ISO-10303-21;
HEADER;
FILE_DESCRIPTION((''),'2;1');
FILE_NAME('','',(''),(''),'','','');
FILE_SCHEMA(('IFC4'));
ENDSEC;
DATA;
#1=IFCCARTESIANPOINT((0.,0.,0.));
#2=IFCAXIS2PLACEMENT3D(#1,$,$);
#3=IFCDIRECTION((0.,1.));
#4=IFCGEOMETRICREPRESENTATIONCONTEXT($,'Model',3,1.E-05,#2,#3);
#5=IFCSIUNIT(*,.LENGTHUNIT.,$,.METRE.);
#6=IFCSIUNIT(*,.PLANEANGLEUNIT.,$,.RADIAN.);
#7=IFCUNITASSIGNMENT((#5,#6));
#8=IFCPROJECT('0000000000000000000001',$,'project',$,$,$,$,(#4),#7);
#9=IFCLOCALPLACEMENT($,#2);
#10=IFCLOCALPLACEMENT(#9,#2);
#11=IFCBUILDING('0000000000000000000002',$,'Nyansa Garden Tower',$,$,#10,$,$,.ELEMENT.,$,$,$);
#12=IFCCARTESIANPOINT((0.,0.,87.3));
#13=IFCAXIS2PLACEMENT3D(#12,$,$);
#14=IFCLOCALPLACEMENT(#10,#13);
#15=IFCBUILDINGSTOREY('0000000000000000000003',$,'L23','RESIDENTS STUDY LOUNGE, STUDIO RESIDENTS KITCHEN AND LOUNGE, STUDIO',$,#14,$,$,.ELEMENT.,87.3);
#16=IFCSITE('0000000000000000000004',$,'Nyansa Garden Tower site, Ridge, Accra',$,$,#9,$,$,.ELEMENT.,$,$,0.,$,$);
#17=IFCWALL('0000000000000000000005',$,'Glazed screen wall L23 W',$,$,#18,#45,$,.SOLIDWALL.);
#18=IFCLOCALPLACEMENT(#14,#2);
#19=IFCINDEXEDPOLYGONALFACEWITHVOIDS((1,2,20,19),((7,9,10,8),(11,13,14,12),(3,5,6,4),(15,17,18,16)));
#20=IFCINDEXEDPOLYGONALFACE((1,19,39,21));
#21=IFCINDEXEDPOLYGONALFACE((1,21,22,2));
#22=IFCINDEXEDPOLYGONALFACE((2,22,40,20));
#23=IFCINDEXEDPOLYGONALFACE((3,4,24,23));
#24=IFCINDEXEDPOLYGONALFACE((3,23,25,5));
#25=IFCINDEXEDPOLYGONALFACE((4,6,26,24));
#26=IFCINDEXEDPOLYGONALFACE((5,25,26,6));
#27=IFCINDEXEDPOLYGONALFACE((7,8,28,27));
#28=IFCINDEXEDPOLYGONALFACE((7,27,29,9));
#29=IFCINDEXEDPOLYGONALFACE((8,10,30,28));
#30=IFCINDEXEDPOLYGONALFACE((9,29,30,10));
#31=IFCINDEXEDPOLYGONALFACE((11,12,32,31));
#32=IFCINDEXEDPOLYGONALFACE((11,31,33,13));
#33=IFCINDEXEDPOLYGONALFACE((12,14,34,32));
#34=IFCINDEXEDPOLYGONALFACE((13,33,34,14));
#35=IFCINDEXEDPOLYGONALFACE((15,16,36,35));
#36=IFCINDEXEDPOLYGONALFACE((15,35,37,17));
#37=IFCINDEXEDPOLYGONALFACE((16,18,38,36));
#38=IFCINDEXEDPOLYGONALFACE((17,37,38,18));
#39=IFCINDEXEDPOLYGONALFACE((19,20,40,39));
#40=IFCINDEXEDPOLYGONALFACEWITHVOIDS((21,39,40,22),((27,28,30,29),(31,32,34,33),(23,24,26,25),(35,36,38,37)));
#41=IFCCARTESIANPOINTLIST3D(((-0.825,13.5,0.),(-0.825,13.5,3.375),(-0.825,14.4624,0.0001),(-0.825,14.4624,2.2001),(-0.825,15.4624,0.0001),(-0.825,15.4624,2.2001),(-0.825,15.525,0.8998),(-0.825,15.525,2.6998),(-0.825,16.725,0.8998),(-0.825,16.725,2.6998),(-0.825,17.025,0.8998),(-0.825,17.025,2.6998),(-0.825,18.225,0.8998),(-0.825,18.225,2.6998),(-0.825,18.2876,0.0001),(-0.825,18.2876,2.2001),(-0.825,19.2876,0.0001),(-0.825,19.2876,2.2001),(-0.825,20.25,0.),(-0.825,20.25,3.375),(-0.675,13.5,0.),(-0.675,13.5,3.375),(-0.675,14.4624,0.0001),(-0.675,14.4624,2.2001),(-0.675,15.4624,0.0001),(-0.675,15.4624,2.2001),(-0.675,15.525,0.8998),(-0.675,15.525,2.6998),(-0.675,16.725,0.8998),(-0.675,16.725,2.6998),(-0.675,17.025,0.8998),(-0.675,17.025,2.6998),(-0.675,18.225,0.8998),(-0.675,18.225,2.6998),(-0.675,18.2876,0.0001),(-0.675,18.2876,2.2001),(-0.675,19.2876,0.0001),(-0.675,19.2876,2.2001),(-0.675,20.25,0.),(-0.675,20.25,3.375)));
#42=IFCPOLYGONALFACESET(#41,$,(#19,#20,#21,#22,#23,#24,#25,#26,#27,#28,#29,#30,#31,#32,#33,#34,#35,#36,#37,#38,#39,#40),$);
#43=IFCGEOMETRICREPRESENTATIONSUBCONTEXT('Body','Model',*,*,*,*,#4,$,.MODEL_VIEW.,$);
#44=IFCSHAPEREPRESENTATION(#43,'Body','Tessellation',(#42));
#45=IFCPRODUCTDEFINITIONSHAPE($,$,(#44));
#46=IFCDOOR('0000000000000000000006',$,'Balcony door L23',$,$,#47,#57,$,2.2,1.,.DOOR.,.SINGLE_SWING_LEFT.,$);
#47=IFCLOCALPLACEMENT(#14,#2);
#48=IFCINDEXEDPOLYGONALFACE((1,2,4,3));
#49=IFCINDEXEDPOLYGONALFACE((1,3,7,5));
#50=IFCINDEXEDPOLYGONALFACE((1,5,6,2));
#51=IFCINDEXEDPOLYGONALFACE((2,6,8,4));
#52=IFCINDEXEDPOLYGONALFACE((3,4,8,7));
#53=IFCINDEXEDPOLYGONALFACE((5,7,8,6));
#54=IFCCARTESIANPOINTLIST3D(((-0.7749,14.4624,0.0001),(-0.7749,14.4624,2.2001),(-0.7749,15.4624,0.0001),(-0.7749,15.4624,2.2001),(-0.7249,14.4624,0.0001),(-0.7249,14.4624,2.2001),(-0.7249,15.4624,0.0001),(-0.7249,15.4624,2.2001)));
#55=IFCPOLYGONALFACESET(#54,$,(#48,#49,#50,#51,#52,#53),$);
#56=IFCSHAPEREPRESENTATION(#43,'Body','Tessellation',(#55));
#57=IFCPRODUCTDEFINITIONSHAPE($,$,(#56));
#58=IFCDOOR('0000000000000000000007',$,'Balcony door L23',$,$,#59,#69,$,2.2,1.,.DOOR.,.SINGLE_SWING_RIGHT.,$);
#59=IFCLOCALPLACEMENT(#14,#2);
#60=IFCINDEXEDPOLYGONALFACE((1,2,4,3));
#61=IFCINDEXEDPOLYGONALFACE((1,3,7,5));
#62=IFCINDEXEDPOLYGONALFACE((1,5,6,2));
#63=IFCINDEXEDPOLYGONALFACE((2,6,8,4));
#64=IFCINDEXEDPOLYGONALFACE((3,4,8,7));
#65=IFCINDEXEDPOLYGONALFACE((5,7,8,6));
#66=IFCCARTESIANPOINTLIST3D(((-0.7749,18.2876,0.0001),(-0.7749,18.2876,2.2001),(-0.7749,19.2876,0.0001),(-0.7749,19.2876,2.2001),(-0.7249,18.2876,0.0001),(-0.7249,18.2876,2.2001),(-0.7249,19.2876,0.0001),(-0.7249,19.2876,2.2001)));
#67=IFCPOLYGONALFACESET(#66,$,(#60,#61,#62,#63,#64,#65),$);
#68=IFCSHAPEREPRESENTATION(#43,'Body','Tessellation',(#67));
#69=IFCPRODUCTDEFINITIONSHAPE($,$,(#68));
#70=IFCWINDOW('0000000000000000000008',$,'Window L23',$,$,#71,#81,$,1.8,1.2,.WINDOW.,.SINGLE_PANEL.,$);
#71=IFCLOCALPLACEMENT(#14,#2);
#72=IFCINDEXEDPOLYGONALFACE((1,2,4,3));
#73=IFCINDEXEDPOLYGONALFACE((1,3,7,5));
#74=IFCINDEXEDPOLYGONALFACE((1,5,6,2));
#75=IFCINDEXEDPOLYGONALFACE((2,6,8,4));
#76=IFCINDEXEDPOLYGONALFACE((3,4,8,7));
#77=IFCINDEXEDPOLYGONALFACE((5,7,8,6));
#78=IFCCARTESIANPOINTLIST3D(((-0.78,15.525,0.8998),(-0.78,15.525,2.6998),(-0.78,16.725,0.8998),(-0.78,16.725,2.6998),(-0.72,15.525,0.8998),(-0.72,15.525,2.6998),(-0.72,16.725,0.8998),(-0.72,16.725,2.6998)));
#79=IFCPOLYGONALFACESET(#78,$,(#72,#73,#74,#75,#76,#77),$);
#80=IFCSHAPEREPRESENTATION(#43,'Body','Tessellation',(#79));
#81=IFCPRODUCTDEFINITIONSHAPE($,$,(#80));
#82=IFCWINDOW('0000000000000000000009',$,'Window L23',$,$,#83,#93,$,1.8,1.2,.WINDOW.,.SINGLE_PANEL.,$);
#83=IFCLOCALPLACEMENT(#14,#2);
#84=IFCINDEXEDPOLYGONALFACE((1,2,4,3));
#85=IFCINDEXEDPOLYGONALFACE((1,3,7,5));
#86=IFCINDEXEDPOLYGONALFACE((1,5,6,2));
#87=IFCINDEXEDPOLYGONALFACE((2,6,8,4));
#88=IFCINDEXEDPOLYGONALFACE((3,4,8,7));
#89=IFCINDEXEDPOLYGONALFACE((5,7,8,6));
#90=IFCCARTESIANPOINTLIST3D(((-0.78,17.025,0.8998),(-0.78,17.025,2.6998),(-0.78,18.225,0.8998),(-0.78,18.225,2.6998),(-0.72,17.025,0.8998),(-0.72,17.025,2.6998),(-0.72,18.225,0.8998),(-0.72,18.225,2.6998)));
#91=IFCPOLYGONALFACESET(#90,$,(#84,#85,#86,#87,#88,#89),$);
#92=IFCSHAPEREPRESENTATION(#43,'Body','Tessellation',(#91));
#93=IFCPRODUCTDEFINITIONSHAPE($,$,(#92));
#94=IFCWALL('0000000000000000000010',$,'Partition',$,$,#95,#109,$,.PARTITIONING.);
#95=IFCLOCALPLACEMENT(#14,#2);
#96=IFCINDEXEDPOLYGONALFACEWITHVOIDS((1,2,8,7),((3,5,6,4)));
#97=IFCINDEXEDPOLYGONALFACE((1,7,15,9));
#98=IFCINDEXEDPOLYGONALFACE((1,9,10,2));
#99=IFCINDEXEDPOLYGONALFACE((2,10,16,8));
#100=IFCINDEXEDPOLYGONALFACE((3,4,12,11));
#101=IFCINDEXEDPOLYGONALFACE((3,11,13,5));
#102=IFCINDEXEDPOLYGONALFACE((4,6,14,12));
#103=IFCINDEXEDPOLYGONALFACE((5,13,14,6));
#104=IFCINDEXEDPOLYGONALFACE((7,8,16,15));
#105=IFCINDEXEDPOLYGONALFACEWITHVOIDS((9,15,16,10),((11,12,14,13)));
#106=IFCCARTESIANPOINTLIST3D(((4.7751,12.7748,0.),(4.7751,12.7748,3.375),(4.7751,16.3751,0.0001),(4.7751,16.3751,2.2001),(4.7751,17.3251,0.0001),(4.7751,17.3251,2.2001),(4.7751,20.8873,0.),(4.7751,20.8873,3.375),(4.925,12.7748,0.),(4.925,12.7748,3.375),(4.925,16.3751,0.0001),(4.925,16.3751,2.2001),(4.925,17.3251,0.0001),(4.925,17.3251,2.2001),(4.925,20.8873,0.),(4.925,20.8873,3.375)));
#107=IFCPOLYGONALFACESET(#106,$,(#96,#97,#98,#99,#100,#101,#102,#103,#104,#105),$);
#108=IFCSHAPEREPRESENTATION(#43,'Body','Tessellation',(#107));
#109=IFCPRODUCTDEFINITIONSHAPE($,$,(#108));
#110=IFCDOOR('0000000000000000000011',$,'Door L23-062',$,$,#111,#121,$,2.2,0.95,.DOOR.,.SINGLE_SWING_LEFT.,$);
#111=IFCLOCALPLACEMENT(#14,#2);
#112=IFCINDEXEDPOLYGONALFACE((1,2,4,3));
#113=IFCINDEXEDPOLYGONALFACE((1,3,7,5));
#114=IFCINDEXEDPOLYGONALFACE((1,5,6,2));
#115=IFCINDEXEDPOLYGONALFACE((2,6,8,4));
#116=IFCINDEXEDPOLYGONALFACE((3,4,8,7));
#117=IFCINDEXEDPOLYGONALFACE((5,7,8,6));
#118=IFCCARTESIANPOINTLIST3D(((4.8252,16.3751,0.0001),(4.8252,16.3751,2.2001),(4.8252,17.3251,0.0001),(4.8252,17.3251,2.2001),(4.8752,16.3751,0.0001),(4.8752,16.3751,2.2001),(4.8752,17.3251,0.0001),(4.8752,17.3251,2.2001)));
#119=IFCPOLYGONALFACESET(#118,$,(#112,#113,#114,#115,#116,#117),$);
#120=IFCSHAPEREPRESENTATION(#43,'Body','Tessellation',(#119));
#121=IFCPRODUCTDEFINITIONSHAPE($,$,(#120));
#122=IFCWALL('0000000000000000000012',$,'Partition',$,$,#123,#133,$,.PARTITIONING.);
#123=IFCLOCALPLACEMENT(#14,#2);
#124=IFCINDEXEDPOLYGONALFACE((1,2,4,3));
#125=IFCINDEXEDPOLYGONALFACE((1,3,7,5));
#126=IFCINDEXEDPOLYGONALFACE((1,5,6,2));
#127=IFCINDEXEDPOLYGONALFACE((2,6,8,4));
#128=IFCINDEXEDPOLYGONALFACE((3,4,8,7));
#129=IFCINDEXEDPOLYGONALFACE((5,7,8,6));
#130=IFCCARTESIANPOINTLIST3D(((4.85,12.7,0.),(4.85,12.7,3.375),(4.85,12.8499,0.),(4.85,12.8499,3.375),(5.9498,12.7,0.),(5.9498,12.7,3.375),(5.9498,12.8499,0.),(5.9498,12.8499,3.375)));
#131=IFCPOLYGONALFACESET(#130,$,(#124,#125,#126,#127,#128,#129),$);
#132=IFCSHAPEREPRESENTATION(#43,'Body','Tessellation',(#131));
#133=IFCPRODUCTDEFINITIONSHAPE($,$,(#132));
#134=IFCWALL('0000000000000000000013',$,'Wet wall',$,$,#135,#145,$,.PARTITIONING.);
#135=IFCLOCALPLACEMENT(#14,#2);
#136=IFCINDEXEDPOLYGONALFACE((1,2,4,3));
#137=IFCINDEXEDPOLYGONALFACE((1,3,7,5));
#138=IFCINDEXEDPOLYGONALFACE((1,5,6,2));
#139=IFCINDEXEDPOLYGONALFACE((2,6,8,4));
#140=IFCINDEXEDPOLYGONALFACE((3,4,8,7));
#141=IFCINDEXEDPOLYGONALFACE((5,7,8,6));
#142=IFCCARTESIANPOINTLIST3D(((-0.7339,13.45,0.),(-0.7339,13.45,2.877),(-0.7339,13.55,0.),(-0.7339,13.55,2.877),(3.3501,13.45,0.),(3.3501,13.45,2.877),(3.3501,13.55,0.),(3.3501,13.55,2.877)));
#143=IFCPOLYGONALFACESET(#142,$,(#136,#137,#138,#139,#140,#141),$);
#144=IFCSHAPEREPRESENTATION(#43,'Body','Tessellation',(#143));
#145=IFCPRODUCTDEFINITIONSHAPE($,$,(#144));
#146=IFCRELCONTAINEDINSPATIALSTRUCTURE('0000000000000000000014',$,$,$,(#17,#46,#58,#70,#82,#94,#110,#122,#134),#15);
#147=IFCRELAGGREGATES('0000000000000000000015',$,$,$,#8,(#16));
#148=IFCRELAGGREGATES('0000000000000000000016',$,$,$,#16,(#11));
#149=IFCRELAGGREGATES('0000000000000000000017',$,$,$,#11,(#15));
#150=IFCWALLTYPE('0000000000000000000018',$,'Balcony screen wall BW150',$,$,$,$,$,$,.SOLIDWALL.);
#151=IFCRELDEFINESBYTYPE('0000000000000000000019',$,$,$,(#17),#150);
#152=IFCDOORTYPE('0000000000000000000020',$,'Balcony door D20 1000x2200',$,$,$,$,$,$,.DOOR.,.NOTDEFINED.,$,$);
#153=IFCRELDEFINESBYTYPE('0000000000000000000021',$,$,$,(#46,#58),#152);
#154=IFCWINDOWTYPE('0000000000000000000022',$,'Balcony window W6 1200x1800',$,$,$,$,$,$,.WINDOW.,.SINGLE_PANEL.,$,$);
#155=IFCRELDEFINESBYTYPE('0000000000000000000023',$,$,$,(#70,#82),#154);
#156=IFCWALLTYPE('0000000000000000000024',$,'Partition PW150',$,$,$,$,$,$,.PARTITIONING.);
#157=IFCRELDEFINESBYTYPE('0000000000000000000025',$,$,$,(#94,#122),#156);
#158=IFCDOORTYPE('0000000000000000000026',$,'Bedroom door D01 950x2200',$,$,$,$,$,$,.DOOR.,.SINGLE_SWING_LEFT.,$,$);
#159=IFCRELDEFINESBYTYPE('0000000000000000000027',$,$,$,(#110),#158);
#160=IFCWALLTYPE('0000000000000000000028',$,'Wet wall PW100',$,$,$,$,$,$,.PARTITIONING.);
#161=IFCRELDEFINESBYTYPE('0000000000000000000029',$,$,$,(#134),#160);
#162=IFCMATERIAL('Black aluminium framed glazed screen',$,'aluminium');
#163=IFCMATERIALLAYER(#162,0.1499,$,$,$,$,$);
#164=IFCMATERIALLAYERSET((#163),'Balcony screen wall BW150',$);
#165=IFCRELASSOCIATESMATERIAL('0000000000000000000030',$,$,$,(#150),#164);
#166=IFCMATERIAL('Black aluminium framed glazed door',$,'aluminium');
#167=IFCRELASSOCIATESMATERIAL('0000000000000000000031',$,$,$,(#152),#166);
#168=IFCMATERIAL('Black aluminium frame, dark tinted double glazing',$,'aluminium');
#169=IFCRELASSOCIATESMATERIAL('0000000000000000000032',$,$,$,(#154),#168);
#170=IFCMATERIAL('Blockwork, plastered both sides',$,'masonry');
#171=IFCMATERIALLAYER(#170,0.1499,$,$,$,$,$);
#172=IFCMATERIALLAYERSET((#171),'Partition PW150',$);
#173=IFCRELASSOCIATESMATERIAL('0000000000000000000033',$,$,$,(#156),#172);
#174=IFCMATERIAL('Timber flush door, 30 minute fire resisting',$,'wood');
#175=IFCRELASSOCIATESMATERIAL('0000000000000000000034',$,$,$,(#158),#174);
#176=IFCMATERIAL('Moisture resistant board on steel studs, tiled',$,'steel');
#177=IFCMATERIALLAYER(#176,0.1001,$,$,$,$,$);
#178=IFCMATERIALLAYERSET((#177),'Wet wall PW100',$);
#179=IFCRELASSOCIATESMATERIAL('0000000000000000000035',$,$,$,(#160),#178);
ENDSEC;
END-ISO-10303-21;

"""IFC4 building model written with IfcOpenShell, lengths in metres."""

from ifc_helpers import new_model, si_unit, direction, frame, frame_2d, origin, place, context, subcontext, project, spatial, rectangle, extrude, material, layer, layer_set, type_object, element, fill, save


model = new_model("IFC4")

# Units and contexts
model_context = context("Model", 3, precision=1e-05, world=origin(), true_north=direction((0.0, 1.0)))
body_context = subcontext(model_context, "Body", "Model", "MODEL_VIEW")
ifc_project = project(units=[si_unit("LENGTHUNIT", "METRE"), si_unit("PLANEANGLEUNIT", "RADIAN")], contexts=[model_context])

# Site, building, storey
site_placement = place(None, origin())
site = spatial("IfcSite", under=ifc_project, at=site_placement, Name="Nyansa Garden Tower site, Ridge, Accra", CompositionType="ELEMENT", RefElevation=0.0)
building_placement = place(site_placement, origin())
building = spatial("IfcBuilding", under=site, at=building_placement, Name="Nyansa Garden Tower", CompositionType="ELEMENT")
storey_placement = place(building_placement, frame((0.0, 0.0, 87.3)))
storey = spatial("IfcBuildingStorey", under=building, at=storey_placement, Name="L23", Description="RESIDENTS STUDY LOUNGE, STUDIO RESIDENTS KITCHEN AND LOUNGE, STUDIO", CompositionType="ELEMENT", Elevation=87.3)

# Wall, openings, doors, windows
ifc_material_1 = material(Name="Black aluminium framed glazed screen", Category="aluminium")
ifc_layer_1 = layer(ifc_material_1, 0.1499)
ifc_layer_set_1 = layer_set([ifc_layer_1], Name="Balcony screen wall BW150")
wall_type_1 = type_object("IfcWallType", Name="Balcony screen wall BW150", PredefinedType="SOLIDWALL", material=ifc_layer_set_1)
wall_1_placement = place(storey_placement, frame((-0.75, 13.5, 0.0), z_axis=(0.0, 0.0, 1.0), x_axis=(0.0, 1.0, 0.0)))
wall_1 = element("IfcWall", 1, at=wall_1_placement, inside=storey, type_object=wall_type_1, Name="Glazed screen wall L23 W", PredefinedType="SOLIDWALL", context=body_context, shape_type="SweptSolid", body=[
    extrude(rectangle(XDim=6.75, YDim=0.1499, at=frame_2d((3.375, 0.0))), origin(), (0.0, 0.0, 1.0), 3.375),
])
opening_1_placement = place(wall_1_placement, frame((0.9624, 0.0, 0.0)))
opening_1 = element("IfcOpeningElement", 2, at=opening_1_placement, cuts=wall_1, PredefinedType="OPENING", context=body_context, shape_type="SweptSolid", body=[
    extrude(rectangle(XDim=1.0, YDim=2.2, at=frame_2d((0.5, 1.1001))), frame((0.0, 0.085, 0.0), z_axis=(0.0, -1.0, 0.0), x_axis=(1.0, 0.0, 0.0)), (0.0, 0.0, 1.0), 0.1699),
])
opening_2_placement = place(wall_1_placement, frame((2.0249, 0.0, 0.8999)))
opening_2 = element("IfcOpeningElement", 3, at=opening_2_placement, cuts=wall_1, PredefinedType="OPENING", context=body_context, shape_type="SweptSolid", body=[
    extrude(rectangle(XDim=1.2, YDim=1.8, at=frame_2d((0.6001, 0.8999))), frame((0.0, 0.085, 0.0), z_axis=(0.0, -1.0, 0.0), x_axis=(1.0, 0.0, 0.0)), (0.0, 0.0, 1.0), 0.1699),
])
opening_3_placement = place(wall_1_placement, frame((4.7876, 0.0, 0.0)))
opening_3 = element("IfcOpeningElement", 4, at=opening_3_placement, cuts=wall_1, PredefinedType="OPENING", context=body_context, shape_type="SweptSolid", body=[
    extrude(rectangle(XDim=1.0, YDim=2.2, at=frame_2d((0.5, 1.1001))), frame((0.0, 0.085, 0.0), z_axis=(0.0, -1.0, 0.0), x_axis=(1.0, 0.0, 0.0)), (0.0, 0.0, 1.0), 0.1699),
])
opening_4_placement = place(wall_1_placement, frame((3.5249, 0.0, 0.8999)))
opening_4 = element("IfcOpeningElement", 5, at=opening_4_placement, cuts=wall_1, PredefinedType="OPENING", context=body_context, shape_type="SweptSolid", body=[
    extrude(rectangle(XDim=1.2, YDim=1.8, at=frame_2d((0.6001, 0.8999))), frame((0.0, 0.085, 0.0), z_axis=(0.0, -1.0, 0.0), x_axis=(1.0, 0.0, 0.0)), (0.0, 0.0, 1.0), 0.1699),
])
ifc_material_2 = material(Name="Black aluminium framed glazed door", Category="aluminium")
door_type_1 = type_object("IfcDoorType", Name="Balcony door D20 1000x2200", OperationType="NOTDEFINED", PredefinedType="DOOR", material=ifc_material_2)
door_1_placement = place(opening_1_placement, origin())
door_1 = element("IfcDoor", 6, at=door_1_placement, inside=storey, type_object=door_type_1, Name="Balcony door L23", OperationType="SINGLE_SWING_LEFT", OverallHeight=2.2, OverallWidth=1.0, PredefinedType="DOOR", context=body_context, shape_type="SweptSolid", body=[
    extrude(rectangle(XDim=1.0, YDim=2.2, at=frame_2d((0.5, 1.1001))), frame((0.0, 0.0249, 0.0), z_axis=(0.0, -1.0, 0.0), x_axis=(1.0, 0.0, 0.0)), (0.0, 0.0, 1.0), 0.05),
])
fill(opening_1, door_1)
door_2_placement = place(opening_3_placement, origin())
door_2 = element("IfcDoor", 7, at=door_2_placement, inside=storey, type_object=door_type_1, Name="Balcony door L23", OperationType="SINGLE_SWING_RIGHT", OverallHeight=2.2, OverallWidth=1.0, PredefinedType="DOOR", context=body_context, shape_type="SweptSolid", body=[
    extrude(rectangle(XDim=1.0, YDim=2.2, at=frame_2d((0.5, 1.1001))), frame((0.0, 0.0249, 0.0), z_axis=(0.0, -1.0, 0.0), x_axis=(1.0, 0.0, 0.0)), (0.0, 0.0, 1.0), 0.05),
])
fill(opening_3, door_2)
ifc_material_3 = material(Name="Black aluminium frame, dark tinted double glazing", Category="aluminium")
window_type = type_object("IfcWindowType", Name="Balcony window W6 1200x1800", PartitioningType="SINGLE_PANEL", PredefinedType="WINDOW", material=ifc_material_3)
window_1_placement = place(opening_2_placement, origin())
window_1 = element("IfcWindow", 8, at=window_1_placement, inside=storey, type_object=window_type, Name="Window L23", OverallHeight=1.8, OverallWidth=1.2, PartitioningType="SINGLE_PANEL", PredefinedType="WINDOW", context=body_context, shape_type="SweptSolid", body=[
    extrude(rectangle(XDim=1.2, YDim=1.8, at=frame_2d((0.6001, 0.8999))), frame((0.0, 0.03, 0.0), z_axis=(0.0, -1.0, 0.0), x_axis=(1.0, 0.0, 0.0)), (0.0, 0.0, 1.0), 0.0601),
])
fill(opening_2, window_1)
window_2_placement = place(opening_4_placement, origin())
window_2 = element("IfcWindow", 9, at=window_2_placement, inside=storey, type_object=window_type, Name="Window L23", OverallHeight=1.8, OverallWidth=1.2, PartitioningType="SINGLE_PANEL", PredefinedType="WINDOW", context=body_context, shape_type="SweptSolid", body=[
    extrude(rectangle(XDim=1.2, YDim=1.8, at=frame_2d((0.6001, 0.8999))), frame((0.0, 0.03, 0.0), z_axis=(0.0, -1.0, 0.0), x_axis=(1.0, 0.0, 0.0)), (0.0, 0.0, 1.0), 0.0601),
])
fill(opening_4, window_2)

# Wall, opening, door
ifc_material_4 = material(Name="Blockwork, plastered both sides", Category="masonry")
ifc_layer_2 = layer(ifc_material_4, 0.1499)
ifc_layer_set_2 = layer_set([ifc_layer_2], Name="Partition PW150")
wall_type_2 = type_object("IfcWallType", Name="Partition PW150", PredefinedType="PARTITIONING", material=ifc_layer_set_2)
wall_2_placement = place(storey_placement, frame((4.8501, 12.7749, 0.0), z_axis=(0.0, 0.0, 1.0), x_axis=(0.0, 1.0, 0.0)))
wall_2 = element("IfcWall", 10, at=wall_2_placement, inside=storey, type_object=wall_type_2, Name="Partition", PredefinedType="PARTITIONING", context=body_context, shape_type="SweptSolid", body=[
    extrude(rectangle(XDim=8.1125, YDim=0.1499, at=frame_2d((4.0562, 0.0))), origin(), (0.0, 0.0, 1.0), 3.375),
])
opening_5_placement = place(wall_2_placement, frame((3.6001, 0.0, 0.0)))
opening_5 = element("IfcOpeningElement", 11, at=opening_5_placement, cuts=wall_2, PredefinedType="OPENING", context=body_context, shape_type="SweptSolid", body=[
    extrude(rectangle(XDim=0.95, YDim=2.2, at=frame_2d((0.4751, 1.1001))), frame((0.0, 0.085, 0.0), z_axis=(0.0, -1.0, 0.0), x_axis=(1.0, 0.0, 0.0)), (0.0, 0.0, 1.0), 0.1699),
])
ifc_material_5 = material(Name="Timber flush door, 30 minute fire resisting", Category="wood")
door_type_2 = type_object("IfcDoorType", Name="Bedroom door D01 950x2200", OperationType="SINGLE_SWING_LEFT", PredefinedType="DOOR", material=ifc_material_5)
door_3_placement = place(opening_5_placement, origin())
door_3 = element("IfcDoor", 12, at=door_3_placement, inside=storey, type_object=door_type_2, Name="Door L23-062", OperationType="SINGLE_SWING_LEFT", OverallHeight=2.2, OverallWidth=0.95, PredefinedType="DOOR", context=body_context, shape_type="SweptSolid", body=[
    extrude(rectangle(XDim=0.95, YDim=2.2, at=frame_2d((0.4751, 1.1001))), frame((0.0, 0.0249, 0.0), z_axis=(0.0, -1.0, 0.0), x_axis=(1.0, 0.0, 0.0)), (0.0, 0.0, 1.0), 0.05),
])
fill(opening_5, door_3)

# Walls
wall_3_placement = place(storey_placement, frame((4.8501, 12.7749, 0.0), z_axis=(0.0, 0.0, 1.0), x_axis=(1.0, 0.0, 0.0)))
element("IfcWall", 13, at=wall_3_placement, inside=storey, type_object=wall_type_2, Name="Partition", PredefinedType="PARTITIONING", context=body_context, shape_type="SweptSolid", body=[
    extrude(rectangle(XDim=1.0999, YDim=0.1499, at=frame_2d((0.5498, 0.0))), origin(), (0.0, 0.0, 1.0), 3.375),
])
ifc_material_6 = material(Name="Moisture resistant board on steel studs, tiled", Category="steel")
ifc_layer_3 = layer(ifc_material_6, 0.1001)
ifc_layer_set_3 = layer_set([ifc_layer_3], Name="Wet wall PW100")
wall_type_3 = type_object("IfcWallType", Name="Wet wall PW100", PredefinedType="PARTITIONING", material=ifc_layer_set_3)
wall_4_placement = place(storey_placement, frame((-0.7339, 13.5, 0.0), z_axis=(0.0, 0.0, 1.0), x_axis=(1.0, 0.0, 0.0)))
element("IfcWall", 14, at=wall_4_placement, inside=storey, type_object=wall_type_3, Name="Wet wall", PredefinedType="PARTITIONING", context=body_context, shape_type="SweptSolid", body=[
    extrude(rectangle(XDim=4.084, YDim=0.1001, at=frame_2d((2.042, 0.0))), origin(), (0.0, 0.0, 1.0), 2.877),
])

save(model, "model.ifc")
